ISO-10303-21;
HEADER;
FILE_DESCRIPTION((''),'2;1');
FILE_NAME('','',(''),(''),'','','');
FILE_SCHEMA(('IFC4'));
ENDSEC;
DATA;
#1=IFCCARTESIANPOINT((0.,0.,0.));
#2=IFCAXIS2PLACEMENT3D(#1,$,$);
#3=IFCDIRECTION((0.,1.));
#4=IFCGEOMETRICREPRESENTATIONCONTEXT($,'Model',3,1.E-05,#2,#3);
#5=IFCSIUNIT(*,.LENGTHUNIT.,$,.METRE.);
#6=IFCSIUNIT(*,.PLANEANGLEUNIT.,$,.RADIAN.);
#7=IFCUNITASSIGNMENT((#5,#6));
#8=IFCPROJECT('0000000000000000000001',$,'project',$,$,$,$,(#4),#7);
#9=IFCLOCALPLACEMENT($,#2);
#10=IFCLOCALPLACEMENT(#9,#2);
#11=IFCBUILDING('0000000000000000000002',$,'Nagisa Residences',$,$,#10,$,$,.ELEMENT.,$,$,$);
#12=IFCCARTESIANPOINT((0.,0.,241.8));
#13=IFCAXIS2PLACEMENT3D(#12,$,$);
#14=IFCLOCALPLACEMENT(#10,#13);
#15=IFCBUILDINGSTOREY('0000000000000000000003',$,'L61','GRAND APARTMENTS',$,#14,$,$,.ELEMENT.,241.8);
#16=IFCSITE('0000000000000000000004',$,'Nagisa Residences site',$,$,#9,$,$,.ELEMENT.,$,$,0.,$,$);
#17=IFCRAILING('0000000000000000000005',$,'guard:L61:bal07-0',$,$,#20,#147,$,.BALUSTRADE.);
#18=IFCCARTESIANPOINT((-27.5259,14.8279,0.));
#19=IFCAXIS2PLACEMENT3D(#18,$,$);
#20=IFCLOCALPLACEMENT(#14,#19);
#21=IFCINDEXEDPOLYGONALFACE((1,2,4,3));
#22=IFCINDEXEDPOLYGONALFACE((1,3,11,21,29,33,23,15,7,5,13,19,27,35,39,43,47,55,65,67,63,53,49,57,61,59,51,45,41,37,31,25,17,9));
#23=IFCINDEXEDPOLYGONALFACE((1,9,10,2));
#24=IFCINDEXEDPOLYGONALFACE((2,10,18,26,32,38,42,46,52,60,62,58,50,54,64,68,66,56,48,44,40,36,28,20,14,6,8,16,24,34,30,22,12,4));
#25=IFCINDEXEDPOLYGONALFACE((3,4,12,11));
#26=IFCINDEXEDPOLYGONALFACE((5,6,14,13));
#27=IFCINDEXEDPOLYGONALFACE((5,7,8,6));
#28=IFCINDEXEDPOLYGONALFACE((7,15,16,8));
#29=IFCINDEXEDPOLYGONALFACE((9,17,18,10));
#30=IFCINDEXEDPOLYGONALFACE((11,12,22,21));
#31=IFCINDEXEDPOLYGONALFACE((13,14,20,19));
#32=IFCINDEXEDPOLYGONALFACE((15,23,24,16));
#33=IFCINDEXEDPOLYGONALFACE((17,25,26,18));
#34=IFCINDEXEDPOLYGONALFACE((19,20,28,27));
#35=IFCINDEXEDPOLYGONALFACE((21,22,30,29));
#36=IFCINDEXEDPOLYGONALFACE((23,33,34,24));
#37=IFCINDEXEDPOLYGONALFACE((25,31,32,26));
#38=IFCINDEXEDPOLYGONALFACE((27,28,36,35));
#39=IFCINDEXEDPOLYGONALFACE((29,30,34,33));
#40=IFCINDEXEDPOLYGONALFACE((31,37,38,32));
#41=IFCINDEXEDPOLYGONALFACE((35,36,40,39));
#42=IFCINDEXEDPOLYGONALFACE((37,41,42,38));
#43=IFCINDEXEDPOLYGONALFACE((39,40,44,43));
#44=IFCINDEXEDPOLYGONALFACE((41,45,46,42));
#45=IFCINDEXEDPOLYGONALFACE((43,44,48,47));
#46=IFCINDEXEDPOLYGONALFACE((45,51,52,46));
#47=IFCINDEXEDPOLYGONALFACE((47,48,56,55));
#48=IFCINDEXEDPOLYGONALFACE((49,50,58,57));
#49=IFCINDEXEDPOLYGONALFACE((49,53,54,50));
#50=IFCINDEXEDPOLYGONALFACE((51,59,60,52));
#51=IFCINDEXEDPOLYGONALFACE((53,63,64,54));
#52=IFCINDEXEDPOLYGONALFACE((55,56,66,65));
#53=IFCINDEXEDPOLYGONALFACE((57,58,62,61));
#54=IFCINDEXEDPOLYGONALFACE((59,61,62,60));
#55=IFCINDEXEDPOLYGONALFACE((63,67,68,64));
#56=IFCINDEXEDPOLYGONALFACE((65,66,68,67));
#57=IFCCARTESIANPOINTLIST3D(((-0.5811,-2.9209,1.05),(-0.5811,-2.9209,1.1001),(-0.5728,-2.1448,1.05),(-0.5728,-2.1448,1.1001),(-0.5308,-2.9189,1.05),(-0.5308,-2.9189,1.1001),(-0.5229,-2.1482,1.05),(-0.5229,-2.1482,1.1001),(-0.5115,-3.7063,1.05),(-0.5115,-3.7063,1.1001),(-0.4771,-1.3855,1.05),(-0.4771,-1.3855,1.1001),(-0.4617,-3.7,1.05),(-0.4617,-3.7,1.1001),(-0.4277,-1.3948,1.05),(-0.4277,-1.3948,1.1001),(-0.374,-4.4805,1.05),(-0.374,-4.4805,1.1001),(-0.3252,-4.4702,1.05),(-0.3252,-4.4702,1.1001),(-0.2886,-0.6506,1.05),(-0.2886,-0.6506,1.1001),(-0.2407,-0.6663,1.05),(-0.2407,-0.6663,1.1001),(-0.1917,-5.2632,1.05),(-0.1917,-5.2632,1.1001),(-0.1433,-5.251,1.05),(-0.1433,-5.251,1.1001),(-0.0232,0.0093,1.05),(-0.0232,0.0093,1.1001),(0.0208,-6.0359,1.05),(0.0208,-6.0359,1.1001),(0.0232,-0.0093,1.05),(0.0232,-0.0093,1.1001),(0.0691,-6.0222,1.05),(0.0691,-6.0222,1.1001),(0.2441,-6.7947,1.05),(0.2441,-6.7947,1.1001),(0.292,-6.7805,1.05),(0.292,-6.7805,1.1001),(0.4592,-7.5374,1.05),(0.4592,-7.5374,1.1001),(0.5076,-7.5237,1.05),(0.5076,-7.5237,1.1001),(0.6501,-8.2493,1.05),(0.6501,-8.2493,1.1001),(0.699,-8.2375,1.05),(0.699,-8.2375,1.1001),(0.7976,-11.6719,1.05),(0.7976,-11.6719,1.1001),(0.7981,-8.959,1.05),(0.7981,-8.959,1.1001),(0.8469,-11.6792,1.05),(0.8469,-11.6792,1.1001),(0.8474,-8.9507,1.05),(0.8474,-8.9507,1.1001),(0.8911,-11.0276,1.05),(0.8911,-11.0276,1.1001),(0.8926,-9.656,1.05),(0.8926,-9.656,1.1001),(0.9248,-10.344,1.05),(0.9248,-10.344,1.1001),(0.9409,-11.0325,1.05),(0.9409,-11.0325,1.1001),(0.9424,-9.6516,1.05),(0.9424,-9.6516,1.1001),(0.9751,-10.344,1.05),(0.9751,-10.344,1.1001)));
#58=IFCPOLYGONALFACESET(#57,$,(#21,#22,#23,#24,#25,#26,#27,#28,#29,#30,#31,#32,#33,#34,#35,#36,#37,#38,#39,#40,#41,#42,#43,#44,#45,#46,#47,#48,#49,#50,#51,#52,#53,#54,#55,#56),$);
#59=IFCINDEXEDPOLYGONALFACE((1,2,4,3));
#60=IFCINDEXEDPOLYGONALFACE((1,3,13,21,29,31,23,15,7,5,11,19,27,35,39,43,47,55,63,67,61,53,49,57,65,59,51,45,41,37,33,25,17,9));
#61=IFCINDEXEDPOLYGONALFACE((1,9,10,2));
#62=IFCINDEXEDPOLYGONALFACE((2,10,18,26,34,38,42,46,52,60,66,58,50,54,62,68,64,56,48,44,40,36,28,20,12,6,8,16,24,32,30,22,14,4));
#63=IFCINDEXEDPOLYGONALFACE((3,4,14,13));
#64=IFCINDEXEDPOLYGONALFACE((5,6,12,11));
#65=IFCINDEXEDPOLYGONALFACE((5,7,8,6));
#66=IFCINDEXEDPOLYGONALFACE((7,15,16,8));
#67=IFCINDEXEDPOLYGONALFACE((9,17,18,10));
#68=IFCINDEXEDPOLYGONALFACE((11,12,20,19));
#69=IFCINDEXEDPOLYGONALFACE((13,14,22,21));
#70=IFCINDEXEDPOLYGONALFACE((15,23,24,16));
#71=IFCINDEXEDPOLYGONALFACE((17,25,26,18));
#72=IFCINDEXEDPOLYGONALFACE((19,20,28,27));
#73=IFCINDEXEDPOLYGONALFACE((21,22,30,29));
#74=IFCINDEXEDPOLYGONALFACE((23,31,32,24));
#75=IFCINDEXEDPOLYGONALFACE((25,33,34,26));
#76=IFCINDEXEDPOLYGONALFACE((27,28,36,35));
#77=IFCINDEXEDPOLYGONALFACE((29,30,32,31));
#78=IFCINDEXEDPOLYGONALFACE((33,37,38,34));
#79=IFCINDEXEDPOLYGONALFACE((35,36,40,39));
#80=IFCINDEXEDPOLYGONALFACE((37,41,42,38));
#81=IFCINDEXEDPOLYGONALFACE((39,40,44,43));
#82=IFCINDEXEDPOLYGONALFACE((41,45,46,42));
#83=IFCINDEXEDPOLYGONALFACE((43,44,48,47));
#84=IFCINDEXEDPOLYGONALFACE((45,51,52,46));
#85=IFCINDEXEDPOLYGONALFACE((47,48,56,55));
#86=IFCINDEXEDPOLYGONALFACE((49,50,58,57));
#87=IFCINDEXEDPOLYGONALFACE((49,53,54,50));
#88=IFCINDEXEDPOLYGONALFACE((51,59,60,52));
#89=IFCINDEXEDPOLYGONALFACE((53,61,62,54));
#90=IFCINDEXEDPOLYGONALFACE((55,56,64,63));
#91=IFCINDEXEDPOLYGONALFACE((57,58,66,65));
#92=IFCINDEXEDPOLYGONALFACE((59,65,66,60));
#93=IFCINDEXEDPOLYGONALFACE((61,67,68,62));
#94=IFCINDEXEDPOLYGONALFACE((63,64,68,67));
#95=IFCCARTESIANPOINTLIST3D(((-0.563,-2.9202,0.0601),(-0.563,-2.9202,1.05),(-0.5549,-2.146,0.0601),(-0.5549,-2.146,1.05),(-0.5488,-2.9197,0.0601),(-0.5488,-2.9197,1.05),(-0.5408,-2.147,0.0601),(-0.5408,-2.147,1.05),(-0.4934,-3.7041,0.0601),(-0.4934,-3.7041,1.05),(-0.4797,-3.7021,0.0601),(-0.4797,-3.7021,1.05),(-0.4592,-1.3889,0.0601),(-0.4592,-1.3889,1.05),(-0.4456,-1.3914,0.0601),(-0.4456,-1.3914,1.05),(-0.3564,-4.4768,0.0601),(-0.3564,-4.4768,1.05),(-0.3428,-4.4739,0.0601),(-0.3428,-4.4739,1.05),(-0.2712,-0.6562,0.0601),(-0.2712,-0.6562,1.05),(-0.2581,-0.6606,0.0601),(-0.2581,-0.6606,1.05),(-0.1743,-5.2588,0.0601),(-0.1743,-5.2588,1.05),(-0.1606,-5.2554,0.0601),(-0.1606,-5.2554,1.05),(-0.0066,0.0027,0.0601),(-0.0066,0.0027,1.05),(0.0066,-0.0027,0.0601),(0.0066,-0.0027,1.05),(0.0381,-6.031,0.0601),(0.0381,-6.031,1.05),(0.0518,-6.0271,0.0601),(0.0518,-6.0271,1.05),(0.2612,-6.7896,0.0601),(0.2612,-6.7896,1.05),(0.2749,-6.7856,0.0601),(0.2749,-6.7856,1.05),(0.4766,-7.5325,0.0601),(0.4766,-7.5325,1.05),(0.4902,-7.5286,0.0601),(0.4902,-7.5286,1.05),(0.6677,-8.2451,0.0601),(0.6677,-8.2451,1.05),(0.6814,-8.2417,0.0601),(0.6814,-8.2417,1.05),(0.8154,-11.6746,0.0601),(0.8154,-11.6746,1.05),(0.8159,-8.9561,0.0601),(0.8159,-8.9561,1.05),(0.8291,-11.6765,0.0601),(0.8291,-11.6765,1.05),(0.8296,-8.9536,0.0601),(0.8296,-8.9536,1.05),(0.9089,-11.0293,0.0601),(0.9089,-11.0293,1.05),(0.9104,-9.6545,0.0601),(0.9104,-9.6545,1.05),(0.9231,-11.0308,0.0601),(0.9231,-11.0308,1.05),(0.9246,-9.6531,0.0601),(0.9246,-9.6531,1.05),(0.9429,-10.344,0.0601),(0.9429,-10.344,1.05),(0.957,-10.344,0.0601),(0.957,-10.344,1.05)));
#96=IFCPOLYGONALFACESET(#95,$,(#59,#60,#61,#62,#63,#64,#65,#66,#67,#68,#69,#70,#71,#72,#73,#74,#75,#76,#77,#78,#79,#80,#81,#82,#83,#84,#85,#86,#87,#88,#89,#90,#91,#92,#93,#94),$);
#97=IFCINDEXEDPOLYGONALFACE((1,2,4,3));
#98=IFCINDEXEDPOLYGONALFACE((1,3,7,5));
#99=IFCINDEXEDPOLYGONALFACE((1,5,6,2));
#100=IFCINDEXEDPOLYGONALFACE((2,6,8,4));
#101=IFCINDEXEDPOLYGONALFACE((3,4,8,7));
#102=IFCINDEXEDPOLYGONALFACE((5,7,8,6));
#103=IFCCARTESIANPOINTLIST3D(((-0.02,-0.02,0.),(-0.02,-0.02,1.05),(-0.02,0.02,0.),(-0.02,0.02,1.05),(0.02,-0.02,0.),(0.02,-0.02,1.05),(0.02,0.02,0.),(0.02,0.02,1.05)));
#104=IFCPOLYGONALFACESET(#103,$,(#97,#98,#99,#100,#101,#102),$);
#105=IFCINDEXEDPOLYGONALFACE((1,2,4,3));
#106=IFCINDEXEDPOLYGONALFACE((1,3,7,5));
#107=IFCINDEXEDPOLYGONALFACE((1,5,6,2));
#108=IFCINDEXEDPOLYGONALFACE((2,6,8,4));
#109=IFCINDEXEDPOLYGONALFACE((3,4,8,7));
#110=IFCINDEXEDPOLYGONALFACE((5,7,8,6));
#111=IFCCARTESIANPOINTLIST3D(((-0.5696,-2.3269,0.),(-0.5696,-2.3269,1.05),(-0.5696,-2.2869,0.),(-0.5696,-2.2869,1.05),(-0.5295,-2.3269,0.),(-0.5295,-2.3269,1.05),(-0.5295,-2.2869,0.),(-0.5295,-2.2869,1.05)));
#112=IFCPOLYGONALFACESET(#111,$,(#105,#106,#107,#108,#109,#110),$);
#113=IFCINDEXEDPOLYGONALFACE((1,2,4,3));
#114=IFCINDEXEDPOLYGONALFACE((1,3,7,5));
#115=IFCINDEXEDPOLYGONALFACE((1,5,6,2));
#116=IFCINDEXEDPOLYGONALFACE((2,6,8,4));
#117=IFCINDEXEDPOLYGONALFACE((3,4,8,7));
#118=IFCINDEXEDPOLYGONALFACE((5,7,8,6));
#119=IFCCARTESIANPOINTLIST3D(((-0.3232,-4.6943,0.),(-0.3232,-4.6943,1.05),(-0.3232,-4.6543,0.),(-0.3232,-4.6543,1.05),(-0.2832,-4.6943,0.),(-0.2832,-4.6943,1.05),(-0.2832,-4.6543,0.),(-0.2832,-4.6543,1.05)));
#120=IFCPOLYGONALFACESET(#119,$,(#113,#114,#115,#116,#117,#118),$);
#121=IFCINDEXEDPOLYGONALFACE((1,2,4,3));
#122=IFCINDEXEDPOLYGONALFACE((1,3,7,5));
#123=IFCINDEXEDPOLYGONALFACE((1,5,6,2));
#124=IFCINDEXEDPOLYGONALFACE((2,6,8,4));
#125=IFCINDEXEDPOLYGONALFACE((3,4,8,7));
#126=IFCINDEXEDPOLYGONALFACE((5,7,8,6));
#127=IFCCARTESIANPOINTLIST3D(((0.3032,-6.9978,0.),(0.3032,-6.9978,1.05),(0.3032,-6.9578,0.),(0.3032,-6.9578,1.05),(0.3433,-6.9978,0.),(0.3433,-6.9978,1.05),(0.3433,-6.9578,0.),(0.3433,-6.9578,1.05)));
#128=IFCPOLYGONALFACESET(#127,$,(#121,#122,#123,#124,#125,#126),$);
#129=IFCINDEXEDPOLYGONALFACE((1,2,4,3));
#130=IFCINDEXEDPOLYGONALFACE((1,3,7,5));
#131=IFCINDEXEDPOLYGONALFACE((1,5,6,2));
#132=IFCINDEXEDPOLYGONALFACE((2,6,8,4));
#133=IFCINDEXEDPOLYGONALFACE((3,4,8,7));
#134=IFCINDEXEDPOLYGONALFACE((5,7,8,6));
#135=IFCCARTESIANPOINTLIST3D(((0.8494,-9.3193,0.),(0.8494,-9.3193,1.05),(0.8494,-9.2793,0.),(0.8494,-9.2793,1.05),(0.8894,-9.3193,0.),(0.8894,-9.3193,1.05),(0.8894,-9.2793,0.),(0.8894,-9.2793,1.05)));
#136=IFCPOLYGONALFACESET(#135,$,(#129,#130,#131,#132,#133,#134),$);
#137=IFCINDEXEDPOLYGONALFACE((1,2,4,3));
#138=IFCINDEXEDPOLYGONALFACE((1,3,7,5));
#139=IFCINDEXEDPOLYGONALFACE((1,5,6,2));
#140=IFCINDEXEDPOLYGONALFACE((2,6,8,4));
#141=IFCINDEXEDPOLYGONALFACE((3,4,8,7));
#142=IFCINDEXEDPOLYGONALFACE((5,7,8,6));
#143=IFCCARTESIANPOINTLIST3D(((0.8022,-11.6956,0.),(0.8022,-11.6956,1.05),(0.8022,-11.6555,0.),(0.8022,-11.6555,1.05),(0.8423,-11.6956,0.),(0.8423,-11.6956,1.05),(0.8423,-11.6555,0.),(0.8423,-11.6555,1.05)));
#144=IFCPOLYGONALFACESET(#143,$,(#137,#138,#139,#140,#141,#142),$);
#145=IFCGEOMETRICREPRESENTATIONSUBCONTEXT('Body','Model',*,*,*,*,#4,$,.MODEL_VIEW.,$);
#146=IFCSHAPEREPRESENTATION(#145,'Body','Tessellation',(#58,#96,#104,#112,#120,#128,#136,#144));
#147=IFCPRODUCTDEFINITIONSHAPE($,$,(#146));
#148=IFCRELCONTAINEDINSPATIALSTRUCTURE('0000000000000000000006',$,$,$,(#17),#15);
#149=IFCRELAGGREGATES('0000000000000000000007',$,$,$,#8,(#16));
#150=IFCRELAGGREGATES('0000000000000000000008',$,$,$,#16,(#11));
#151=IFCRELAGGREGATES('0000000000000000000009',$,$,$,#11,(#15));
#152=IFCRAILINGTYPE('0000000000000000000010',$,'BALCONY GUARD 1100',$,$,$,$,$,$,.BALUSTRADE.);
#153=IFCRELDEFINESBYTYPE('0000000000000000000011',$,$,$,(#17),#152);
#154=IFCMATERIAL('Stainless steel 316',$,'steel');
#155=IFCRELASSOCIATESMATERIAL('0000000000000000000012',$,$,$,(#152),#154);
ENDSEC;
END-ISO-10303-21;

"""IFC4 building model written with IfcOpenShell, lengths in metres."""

from ifc_helpers import new_model, si_unit, direction, frame, origin, origin_2d, place, context, subcontext, project, spatial, polyline, rectangle, outline, extrude, material, type_object, element, save


model = new_model("IFC4")

# Units and contexts
model_context = context("Model", 3, precision=1e-05, world=origin(), true_north=direction((0.0, 1.0)))
body_context = subcontext(model_context, "Body", "Model", "MODEL_VIEW")
ifc_project = project(units=[si_unit("LENGTHUNIT", "METRE"), si_unit("PLANEANGLEUNIT", "RADIAN")], contexts=[model_context])

# Site, building, storey
site_placement = place(None, origin())
site = spatial("IfcSite", under=ifc_project, at=site_placement, Name="Nagisa Residences site", CompositionType="ELEMENT", RefElevation=0.0)
building_placement = place(site_placement, origin())
building = spatial("IfcBuilding", under=site, at=building_placement, Name="Nagisa Residences", CompositionType="ELEMENT")
storey_placement = place(building_placement, frame((0.0, 0.0, 241.8)))
storey = spatial("IfcBuildingStorey", under=building, at=storey_placement, Name="L61", Description="GRAND APARTMENTS", CompositionType="ELEMENT", Elevation=241.8)

# Railing
ifc_material_1 = material(Name="Stainless steel 316", Category="steel")
railing_type = type_object("IfcRailingType", Name="BALCONY GUARD 1100", PredefinedType="BALUSTRADE", material=ifc_material_1)
railing_1_placement = place(storey_placement, frame((-27.5259, 14.8279, 0.0)))
element("IfcRailing", 1, at=railing_1_placement, inside=storey, type_object=railing_type, Name="guard:L61:bal07-0", PredefinedType="BALUSTRADE", context=body_context, shape_type="SweptSolid", body=[
    extrude(outline(polyline([(-0.2407, -0.6663), (0.0232, -0.0093), (-0.0232, 0.0093), (-0.2886, -0.6506), (-0.4771, -1.3855), (-0.5728, -2.1448), (-0.5811, -2.9209), (-0.5115, -3.7063), (-0.374, -4.4805), (-0.1917, -5.2632), (0.0208, -6.0359), (0.2441, -6.7947), (0.4592, -7.5374), (0.6501, -8.2493), (0.7981, -8.959), (0.8926, -9.656), (0.9248, -10.344), (0.8911, -11.0276), (0.7976, -11.6719), (0.8469, -11.6792), (0.9409, -11.0325), (0.9751, -10.344), (0.9424, -9.6516), (0.8474, -8.9507), (0.699, -8.2375), (0.5076, -7.5237), (0.292, -6.7805), (0.0691, -6.0222), (-0.1433, -5.251), (-0.3252, -4.4702), (-0.4617, -3.7), (-0.5308, -2.9189), (-0.5229, -2.1482), (-0.4277, -1.3948), (-0.2407, -0.6663)])), frame((0.0, 0.0, 1.05)), (0.0, 0.0, 1.0), 0.05),
    extrude(outline(polyline([(-0.2581, -0.6606), (0.0066, -0.0027), (-0.0066, 0.0027), (-0.2712, -0.6562), (-0.4592, -1.3889), (-0.5549, -2.146), (-0.563, -2.9202), (-0.4934, -3.7041), (-0.3564, -4.4768), (-0.1743, -5.2588), (0.0381, -6.031), (0.2612, -6.7896), (0.4766, -7.5325), (0.6677, -8.2451), (0.8159, -8.9561), (0.9104, -9.6545), (0.9429, -10.344), (0.9089, -11.0293), (0.8154, -11.6746), (0.8291, -11.6765), (0.9231, -11.0308), (0.957, -10.344), (0.9246, -9.6531), (0.8296, -8.9536), (0.6814, -8.2417), (0.4902, -7.5286), (0.2749, -6.7856), (0.0518, -6.0271), (-0.1606, -5.2554), (-0.3428, -4.4739), (-0.4797, -3.7021), (-0.5488, -2.9197), (-0.5408, -2.147), (-0.4456, -1.3914), (-0.2581, -0.6606)])), frame((0.0, 0.0, 0.0601)), (0.0, 0.0, 1.0), 0.99),
    extrude(rectangle(XDim=0.04, YDim=0.04, at=origin_2d()), origin(), (0.0, 0.0, 1.0), 1.05),
    extrude(rectangle(XDim=0.04, YDim=0.04, at=origin_2d()), frame((-0.5496, -2.3069, 0.0)), (0.0, 0.0, 1.0), 1.05),
    extrude(rectangle(XDim=0.04, YDim=0.04, at=origin_2d()), frame((-0.3032, -4.6743, 0.0)), (0.0, 0.0, 1.0), 1.05),
    extrude(rectangle(XDim=0.04, YDim=0.04, at=origin_2d()), frame((0.3232, -6.9778, 0.0)), (0.0, 0.0, 1.0), 1.05),
    extrude(rectangle(XDim=0.04, YDim=0.04, at=origin_2d()), frame((0.8694, -9.2993, 0.0)), (0.0, 0.0, 1.0), 1.05),
    extrude(rectangle(XDim=0.04, YDim=0.04, at=origin_2d()), frame((0.8223, -11.6755, 0.0)), (0.0, 0.0, 1.0), 1.05),
])

save(model, "model.ifc")
